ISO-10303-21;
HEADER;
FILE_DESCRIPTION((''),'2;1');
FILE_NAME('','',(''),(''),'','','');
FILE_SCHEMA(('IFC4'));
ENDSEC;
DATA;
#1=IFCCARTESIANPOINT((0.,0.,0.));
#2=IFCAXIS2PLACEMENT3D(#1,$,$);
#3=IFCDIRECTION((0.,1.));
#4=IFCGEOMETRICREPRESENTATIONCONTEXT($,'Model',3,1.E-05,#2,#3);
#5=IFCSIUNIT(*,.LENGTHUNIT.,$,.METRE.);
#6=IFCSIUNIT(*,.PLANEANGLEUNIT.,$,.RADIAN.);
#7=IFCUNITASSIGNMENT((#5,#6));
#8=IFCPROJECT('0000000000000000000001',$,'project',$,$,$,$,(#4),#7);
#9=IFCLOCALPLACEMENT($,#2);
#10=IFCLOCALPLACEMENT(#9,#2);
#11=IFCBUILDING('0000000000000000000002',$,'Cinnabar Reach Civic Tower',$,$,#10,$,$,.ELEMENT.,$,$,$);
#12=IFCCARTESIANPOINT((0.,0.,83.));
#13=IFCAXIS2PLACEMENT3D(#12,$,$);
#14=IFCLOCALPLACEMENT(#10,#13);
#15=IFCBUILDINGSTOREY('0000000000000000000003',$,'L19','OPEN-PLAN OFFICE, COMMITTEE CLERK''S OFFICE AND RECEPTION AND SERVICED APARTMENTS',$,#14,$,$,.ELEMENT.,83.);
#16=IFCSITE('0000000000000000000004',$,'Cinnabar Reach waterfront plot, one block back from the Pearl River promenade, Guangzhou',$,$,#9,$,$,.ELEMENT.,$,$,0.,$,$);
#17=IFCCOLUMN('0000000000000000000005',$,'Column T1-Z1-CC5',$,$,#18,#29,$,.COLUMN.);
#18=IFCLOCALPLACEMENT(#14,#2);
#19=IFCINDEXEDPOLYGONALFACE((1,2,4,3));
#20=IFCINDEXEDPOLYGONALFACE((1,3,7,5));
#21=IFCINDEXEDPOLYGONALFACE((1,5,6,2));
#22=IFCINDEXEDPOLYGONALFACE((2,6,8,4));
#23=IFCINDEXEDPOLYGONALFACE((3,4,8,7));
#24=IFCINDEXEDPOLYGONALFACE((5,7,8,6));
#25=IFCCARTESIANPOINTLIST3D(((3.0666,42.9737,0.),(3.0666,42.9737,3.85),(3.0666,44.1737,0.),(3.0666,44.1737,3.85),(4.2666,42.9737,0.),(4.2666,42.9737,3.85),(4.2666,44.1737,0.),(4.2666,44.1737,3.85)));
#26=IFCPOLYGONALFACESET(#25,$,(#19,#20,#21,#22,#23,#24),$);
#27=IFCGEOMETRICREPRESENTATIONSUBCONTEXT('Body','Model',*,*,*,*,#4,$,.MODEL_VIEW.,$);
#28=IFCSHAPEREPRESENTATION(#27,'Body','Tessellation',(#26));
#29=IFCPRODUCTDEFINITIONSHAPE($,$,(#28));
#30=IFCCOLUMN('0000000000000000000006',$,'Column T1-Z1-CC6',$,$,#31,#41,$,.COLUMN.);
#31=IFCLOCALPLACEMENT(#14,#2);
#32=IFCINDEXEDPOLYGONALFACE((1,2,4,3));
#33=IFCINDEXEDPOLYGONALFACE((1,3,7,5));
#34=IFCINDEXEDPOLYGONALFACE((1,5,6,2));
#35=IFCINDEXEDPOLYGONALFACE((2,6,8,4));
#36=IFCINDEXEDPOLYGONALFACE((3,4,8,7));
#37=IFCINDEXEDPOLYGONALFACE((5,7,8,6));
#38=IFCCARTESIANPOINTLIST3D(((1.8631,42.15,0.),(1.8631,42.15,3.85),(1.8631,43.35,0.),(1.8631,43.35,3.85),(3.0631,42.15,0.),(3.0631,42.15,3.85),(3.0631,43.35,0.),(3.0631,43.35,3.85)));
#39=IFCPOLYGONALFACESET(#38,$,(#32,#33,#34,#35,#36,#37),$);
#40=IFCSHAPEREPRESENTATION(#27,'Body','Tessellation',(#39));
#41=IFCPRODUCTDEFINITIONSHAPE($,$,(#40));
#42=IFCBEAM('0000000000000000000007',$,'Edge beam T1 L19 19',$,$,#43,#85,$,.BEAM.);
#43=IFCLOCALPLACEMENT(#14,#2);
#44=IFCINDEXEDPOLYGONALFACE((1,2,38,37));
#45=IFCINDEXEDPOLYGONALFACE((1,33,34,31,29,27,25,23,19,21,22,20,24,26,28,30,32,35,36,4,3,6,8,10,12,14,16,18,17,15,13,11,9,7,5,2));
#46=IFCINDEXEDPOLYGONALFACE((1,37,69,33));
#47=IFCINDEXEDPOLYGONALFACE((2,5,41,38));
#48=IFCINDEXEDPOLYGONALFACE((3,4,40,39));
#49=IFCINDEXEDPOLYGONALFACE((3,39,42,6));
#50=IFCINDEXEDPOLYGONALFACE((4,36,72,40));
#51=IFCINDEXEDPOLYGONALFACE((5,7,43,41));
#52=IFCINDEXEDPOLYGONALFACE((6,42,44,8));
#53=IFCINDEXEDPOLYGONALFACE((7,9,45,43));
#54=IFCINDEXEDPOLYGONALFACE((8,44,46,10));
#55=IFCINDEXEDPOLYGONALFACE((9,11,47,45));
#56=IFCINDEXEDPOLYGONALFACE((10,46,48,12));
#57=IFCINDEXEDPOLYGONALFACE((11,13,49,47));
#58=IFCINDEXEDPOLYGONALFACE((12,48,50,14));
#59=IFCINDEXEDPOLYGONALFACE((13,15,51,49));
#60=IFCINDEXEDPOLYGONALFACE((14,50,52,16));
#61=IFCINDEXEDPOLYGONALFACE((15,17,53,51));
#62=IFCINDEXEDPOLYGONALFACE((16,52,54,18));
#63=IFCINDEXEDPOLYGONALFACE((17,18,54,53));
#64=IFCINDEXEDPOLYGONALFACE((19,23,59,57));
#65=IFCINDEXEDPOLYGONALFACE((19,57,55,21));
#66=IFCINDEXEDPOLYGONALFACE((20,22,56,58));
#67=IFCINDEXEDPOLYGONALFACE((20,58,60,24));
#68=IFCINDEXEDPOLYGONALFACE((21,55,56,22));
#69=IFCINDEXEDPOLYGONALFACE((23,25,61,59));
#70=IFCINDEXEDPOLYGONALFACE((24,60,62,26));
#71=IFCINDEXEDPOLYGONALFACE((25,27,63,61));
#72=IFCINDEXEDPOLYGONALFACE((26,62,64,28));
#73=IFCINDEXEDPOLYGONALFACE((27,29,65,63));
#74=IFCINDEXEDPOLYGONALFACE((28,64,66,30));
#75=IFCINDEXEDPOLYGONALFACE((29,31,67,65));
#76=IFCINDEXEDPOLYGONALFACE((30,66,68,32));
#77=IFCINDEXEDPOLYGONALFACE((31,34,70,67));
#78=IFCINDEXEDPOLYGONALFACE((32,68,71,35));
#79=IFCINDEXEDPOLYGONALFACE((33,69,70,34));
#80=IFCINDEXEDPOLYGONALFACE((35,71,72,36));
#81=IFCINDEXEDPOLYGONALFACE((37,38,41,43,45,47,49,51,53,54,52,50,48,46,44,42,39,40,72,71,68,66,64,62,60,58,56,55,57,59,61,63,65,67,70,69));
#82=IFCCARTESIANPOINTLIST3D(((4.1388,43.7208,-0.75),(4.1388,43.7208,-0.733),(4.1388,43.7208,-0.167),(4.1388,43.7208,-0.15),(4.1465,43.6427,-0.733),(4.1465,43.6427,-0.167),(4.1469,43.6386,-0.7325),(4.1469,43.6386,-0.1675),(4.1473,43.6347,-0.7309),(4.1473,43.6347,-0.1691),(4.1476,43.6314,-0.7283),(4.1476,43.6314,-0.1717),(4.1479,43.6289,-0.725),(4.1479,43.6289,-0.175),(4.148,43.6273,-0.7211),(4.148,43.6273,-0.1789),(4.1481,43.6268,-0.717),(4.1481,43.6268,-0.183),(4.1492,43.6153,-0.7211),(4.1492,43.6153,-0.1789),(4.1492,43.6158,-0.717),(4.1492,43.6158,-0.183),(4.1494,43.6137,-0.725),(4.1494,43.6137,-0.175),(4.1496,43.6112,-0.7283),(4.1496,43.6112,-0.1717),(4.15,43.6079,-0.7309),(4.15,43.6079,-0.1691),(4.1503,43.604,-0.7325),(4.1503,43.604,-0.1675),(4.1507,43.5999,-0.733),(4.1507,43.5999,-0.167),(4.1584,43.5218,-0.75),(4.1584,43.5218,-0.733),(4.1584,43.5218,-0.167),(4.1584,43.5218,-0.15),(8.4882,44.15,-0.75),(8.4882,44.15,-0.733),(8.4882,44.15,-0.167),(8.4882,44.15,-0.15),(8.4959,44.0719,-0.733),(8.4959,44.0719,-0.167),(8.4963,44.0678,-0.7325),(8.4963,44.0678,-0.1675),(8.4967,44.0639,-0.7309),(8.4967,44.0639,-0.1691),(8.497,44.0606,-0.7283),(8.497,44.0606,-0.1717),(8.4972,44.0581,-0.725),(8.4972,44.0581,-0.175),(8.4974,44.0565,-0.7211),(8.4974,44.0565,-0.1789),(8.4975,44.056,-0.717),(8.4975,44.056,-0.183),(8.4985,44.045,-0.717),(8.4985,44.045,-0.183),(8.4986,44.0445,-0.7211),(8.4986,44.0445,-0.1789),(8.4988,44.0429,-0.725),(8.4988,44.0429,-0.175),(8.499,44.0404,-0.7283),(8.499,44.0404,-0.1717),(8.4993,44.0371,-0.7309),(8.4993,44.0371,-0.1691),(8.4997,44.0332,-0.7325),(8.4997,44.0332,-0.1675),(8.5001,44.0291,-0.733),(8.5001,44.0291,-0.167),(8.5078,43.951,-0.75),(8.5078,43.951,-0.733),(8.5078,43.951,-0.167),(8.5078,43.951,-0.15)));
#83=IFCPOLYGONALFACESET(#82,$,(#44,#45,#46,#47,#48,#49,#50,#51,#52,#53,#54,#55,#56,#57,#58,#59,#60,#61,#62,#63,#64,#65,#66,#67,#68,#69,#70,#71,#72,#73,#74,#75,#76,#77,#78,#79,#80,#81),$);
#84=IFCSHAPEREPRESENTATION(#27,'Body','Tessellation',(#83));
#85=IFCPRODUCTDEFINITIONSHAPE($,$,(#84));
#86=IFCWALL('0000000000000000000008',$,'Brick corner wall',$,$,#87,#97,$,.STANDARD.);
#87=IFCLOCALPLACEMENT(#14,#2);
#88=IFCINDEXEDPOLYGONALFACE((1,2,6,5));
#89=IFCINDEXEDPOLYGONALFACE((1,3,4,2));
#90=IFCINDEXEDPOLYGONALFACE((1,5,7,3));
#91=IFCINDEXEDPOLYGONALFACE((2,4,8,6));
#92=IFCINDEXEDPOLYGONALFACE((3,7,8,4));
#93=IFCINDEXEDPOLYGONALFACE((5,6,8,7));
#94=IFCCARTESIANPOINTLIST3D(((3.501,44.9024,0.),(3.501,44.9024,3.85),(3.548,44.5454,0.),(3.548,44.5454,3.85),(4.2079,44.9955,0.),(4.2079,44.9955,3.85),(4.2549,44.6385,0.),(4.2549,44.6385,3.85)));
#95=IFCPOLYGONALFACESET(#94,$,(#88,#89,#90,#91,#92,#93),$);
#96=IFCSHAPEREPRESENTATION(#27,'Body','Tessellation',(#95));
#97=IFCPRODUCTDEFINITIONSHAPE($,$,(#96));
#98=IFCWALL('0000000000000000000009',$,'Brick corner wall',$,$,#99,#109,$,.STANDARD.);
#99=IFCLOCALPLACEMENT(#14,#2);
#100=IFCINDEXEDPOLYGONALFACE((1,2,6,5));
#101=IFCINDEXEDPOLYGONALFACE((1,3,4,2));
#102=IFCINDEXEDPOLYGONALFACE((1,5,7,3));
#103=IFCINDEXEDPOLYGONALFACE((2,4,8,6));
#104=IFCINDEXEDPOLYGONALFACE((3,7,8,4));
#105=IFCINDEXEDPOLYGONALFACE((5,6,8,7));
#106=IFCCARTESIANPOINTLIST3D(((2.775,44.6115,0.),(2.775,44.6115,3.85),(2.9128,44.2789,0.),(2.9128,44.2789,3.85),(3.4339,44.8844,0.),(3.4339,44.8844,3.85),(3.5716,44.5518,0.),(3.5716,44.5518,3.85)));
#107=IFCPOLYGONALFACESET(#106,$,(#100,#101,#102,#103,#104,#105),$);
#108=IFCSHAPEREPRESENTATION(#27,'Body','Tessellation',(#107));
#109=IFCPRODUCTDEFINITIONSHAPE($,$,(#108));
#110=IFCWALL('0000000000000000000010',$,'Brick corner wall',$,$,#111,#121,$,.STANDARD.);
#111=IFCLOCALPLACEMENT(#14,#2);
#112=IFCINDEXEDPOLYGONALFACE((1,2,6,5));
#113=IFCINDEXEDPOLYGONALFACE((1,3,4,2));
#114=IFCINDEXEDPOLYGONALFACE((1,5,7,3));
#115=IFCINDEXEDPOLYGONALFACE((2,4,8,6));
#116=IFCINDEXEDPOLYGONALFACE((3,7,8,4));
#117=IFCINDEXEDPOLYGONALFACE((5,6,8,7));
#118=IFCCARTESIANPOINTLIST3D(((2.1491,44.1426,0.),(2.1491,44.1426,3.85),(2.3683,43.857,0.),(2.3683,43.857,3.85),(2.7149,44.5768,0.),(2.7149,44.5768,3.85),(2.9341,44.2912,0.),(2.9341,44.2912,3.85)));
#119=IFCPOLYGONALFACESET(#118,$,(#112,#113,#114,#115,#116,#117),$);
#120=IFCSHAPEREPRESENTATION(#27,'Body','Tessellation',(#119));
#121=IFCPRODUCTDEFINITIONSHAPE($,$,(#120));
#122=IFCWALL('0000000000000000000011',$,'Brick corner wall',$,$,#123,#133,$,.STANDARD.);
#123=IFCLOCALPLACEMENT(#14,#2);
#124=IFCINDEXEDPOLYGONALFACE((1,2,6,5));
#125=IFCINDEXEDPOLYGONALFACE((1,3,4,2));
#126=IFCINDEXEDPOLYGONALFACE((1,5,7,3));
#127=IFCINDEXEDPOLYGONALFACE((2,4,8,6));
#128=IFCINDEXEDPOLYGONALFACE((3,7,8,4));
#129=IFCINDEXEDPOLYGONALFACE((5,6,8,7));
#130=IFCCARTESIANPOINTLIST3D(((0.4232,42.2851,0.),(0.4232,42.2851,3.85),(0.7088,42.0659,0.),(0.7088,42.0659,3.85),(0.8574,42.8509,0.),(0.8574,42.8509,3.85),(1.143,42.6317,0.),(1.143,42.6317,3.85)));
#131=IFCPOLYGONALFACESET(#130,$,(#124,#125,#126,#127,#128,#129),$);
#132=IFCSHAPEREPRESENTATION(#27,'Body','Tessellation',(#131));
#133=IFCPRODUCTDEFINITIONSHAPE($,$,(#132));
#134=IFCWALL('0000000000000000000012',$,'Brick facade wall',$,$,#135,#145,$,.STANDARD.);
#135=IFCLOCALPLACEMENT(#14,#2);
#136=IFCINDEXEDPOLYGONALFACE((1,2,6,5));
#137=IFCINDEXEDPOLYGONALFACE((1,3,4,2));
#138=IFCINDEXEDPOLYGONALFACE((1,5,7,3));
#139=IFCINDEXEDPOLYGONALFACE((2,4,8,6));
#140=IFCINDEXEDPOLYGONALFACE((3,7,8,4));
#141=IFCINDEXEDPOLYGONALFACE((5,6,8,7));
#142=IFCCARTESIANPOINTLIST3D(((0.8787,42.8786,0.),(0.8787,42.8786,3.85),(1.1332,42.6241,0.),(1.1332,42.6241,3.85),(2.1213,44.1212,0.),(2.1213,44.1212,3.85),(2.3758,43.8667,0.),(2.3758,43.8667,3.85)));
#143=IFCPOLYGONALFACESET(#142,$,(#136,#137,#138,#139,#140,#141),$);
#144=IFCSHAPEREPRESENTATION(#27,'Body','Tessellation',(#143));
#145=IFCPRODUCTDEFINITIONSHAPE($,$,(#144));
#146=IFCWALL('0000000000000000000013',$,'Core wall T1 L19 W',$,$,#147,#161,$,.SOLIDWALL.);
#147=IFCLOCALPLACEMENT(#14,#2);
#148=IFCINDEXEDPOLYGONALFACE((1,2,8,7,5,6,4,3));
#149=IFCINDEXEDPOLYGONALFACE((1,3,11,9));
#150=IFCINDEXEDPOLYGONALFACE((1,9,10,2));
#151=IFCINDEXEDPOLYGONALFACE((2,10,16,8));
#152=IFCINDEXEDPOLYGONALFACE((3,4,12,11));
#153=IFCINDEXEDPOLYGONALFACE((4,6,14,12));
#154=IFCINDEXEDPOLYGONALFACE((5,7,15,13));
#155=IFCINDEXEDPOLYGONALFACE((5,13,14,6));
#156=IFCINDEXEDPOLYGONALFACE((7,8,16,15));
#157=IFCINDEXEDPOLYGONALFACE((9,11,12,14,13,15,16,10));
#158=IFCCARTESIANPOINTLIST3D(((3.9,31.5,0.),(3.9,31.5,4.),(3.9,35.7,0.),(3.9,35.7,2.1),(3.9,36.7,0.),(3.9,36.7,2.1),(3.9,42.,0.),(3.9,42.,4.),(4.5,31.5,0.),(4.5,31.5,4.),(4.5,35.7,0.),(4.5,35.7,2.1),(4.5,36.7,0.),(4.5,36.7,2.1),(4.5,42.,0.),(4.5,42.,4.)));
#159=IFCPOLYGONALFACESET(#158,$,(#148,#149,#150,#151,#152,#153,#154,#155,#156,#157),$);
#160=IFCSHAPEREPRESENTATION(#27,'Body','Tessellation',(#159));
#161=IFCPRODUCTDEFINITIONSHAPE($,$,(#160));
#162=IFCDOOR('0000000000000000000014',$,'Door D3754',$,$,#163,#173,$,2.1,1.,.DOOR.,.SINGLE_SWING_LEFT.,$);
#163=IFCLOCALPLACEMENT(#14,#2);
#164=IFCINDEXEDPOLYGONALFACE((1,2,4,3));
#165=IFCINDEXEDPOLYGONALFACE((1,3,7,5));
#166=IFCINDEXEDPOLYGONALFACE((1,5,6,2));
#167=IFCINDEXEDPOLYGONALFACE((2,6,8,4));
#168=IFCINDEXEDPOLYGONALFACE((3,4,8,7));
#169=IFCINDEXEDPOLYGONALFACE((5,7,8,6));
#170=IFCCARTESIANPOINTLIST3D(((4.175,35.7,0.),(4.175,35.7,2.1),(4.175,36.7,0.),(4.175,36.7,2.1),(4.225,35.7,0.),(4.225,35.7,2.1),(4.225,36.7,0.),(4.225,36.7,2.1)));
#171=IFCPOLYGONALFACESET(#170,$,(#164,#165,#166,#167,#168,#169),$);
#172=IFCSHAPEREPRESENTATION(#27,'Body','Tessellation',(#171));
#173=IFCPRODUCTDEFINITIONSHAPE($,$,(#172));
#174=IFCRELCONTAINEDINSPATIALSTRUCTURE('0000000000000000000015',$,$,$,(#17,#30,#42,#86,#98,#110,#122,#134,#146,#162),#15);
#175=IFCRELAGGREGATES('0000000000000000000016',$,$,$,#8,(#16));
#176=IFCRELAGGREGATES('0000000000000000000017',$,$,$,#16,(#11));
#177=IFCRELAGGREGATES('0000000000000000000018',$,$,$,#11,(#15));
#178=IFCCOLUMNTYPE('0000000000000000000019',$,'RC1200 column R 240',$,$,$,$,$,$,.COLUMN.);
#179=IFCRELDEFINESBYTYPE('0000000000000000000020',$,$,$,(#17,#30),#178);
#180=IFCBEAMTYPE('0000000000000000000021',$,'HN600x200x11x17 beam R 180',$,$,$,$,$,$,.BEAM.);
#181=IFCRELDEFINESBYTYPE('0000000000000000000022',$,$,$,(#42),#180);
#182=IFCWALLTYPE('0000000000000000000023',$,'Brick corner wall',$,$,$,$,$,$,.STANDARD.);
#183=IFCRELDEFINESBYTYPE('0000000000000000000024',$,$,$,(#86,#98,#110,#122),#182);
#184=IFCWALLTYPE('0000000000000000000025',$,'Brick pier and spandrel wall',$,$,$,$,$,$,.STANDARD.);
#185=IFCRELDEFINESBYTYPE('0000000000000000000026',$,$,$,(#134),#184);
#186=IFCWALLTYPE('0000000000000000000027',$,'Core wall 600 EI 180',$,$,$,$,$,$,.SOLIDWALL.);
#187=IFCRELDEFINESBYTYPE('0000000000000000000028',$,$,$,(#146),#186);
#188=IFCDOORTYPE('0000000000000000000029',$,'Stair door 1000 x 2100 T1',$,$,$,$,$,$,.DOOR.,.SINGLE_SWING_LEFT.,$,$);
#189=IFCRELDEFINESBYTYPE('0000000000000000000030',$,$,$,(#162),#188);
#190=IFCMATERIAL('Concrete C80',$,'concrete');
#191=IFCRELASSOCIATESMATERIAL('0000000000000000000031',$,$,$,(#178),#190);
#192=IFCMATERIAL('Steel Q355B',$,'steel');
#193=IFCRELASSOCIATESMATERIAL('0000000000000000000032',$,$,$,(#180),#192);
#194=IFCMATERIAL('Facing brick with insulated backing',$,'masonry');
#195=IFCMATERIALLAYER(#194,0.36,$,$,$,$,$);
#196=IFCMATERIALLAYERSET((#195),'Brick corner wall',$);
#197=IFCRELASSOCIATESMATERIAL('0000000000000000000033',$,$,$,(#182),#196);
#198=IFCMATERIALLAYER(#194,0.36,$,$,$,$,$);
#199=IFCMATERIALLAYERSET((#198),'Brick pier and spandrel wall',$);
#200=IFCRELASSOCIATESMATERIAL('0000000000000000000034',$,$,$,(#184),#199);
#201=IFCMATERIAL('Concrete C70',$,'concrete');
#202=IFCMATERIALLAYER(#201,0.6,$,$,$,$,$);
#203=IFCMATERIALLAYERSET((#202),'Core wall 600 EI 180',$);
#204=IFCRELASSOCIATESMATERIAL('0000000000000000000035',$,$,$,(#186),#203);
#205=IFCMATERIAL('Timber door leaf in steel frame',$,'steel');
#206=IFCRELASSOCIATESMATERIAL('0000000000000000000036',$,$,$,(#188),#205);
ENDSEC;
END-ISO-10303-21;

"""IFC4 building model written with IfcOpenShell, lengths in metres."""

from ifc_helpers import new_model, si_unit, direction, frame, frame_2d, origin, origin_2d, place, context, subcontext, project, spatial, rectangle, i_section, extrude, material, layer, layer_set, material_profile, profile_set, type_object, element, fill, save


model = new_model("IFC4")

# Units and contexts
model_context = context("Model", 3, precision=1e-05, world=origin(), true_north=direction((0.0, 1.0)))
body_context = subcontext(model_context, "Body", "Model", "MODEL_VIEW")
ifc_project = project(units=[si_unit("LENGTHUNIT", "METRE"), si_unit("PLANEANGLEUNIT", "RADIAN")], contexts=[model_context])

# Site, building, storey
site_placement = place(None, origin())
site = spatial("IfcSite", under=ifc_project, at=site_placement, Name="Cinnabar Reach waterfront plot, one block back from the Pearl River promenade, Guangzhou", CompositionType="ELEMENT", RefElevation=0.0)
building_placement = place(site_placement, origin())
building = spatial("IfcBuilding", under=site, at=building_placement, Name="Cinnabar Reach Civic Tower", CompositionType="ELEMENT")
storey_placement = place(building_placement, frame((0.0, 0.0, 83.0)))
storey = spatial("IfcBuildingStorey", under=building, at=storey_placement, Name="L19", Description="OPEN-PLAN OFFICE, COMMITTEE CLERK'S OFFICE AND RECEPTION AND SERVICED APARTMENTS", CompositionType="ELEMENT", Elevation=83.0)

# Columns
ifc_material_1 = material(Name="Concrete C80", Category="concrete")
ifc_material_profile_1 = material_profile(ifc_material_1, rectangle(XDim=1.2, YDim=1.2, at=origin_2d()), Name="RC1200")
ifc_profile_set_1 = profile_set([ifc_material_profile_1], Name="Concrete C80")
column_type = type_object("IfcColumnType", Name="RC1200 column R 240", PredefinedType="COLUMN", material=ifc_profile_set_1)
for number, where, z_axis, x_axis, name in (
    (1, (3.6666, 43.5737, 0.0), (0.0, 0.0, 1.0), (1.0, 0.0, 0.0), "Column T1-Z1-CC5"),
    (2, (2.4631, 42.75, 0.0), (0.0, 0.0, 1.0), (1.0, 0.0, 0.0), "Column T1-Z1-CC6"),
):
    element("IfcColumn", number, at=place(storey_placement, frame(where, z_axis=z_axis, x_axis=x_axis)), inside=storey, type_object=column_type, Name=name, PredefinedType="COLUMN", context=body_context, shape_type="SweptSolid", body=[
        extrude(rectangle(XDim=1.2, YDim=1.2, at=origin_2d()), origin(), (0.0, 0.0, 1.0), 3.85),
    ])

# Beam
ifc_material_2 = material(Name="Steel Q355B", Category="steel")
ifc_material_profile_2 = material_profile(ifc_material_2, i_section(OverallWidth=0.2, OverallDepth=0.6, WebThickness=0.011, FlangeThickness=0.017, FilletRadius=0.016, at=origin_2d()), Name="HN600x200x11x17")
ifc_profile_set_2 = profile_set([ifc_material_profile_2], Name="Steel Q355B")
beam_type = type_object("IfcBeamType", Name="HN600x200x11x17 beam R 180", PredefinedType="BEAM", material=ifc_profile_set_2)
beam_placement = place(storey_placement, frame((8.498, 44.0505, -0.45), z_axis=(-0.995166, -0.098203, 0.0), x_axis=(0.098203, -0.995166, 0.0)))
element("IfcBeam", 3, at=beam_placement, inside=storey, type_object=beam_type, Name="Edge beam T1 L19 19", PredefinedType="BEAM", context=body_context, shape_type="SweptSolid", body=[
    extrude(i_section(OverallWidth=0.2, OverallDepth=0.6, WebThickness=0.011, FlangeThickness=0.017, FilletRadius=0.016, at=origin_2d()), origin(), (0.0, 0.0, 1.0), 4.3705),
])

# Walls
ifc_material_3 = material(Name="Facing brick with insulated backing", Category="masonry")
ifc_layer_1 = layer(ifc_material_3, 0.36)
ifc_layer_set_1 = layer_set([ifc_layer_1], Name="Brick corner wall")
wall_type_1 = type_object("IfcWallType", Name="Brick corner wall", PredefinedType="STANDARD", material=ifc_layer_set_1)
for number, where, z_axis, x_axis, name in (
    (4, (4.2314, 44.817, 0.0), (0.0, 0.0, 1.0), (-0.991441, -0.130556, 0.0), "Brick corner wall"),
    (5, (3.5027, 44.7181, 0.0), (0.0, 0.0, 1.0), (-0.923872, -0.382703, 0.0), "Brick corner wall"),
):
    element("IfcWall", number, at=place(storey_placement, frame(where, z_axis=z_axis, x_axis=x_axis)), inside=storey, type_object=wall_type_1, Name=name, PredefinedType="STANDARD", context=body_context, shape_type="SweptSolid", body=[
        extrude(rectangle(XDim=0.7131, YDim=0.36, at=frame_2d((0.3565, 0.0))), origin(), (0.0, 0.0, 1.0), 3.85),
    ])
for number, where, z_axis, x_axis, name in (
    (6, (2.8245, 44.434, 0.0), (0.0, 0.0, 1.0), (-0.793322, -0.608802, 0.0), "Brick corner wall"),
    (7, (1.0002, 42.7413, 0.0), (0.0, 0.0, 1.0), (-0.608802, -0.793322, 0.0), "Brick corner wall"),
):
    element("IfcWall", number, at=place(storey_placement, frame(where, z_axis=z_axis, x_axis=x_axis)), inside=storey, type_object=wall_type_1, Name=name, PredefinedType="STANDARD", context=body_context, shape_type="SweptSolid", body=[
        extrude(rectangle(XDim=0.7132, YDim=0.36, at=frame_2d((0.3566, 0.0))), origin(), (0.0, 0.0, 1.0), 3.85),
    ])
ifc_layer_2 = layer(ifc_material_3, 0.36)
ifc_layer_set_2 = layer_set([ifc_layer_2], Name="Brick pier and spandrel wall")
wall_type_2 = type_object("IfcWallType", Name="Brick pier and spandrel wall", PredefinedType="STANDARD", material=ifc_layer_set_2)
wall_1_placement = place(storey_placement, frame((2.2486, 43.994, 0.0), z_axis=(0.0, 0.0, 1.0), x_axis=(-0.707107, -0.707107, 0.0)))
element("IfcWall", 8, at=wall_1_placement, inside=storey, type_object=wall_type_2, Name="Brick facade wall", PredefinedType="STANDARD", context=body_context, shape_type="SweptSolid", body=[
    extrude(rectangle(XDim=1.7573, YDim=0.36, at=frame_2d((0.8787, 0.0))), origin(), (0.0, 0.0, 1.0), 3.85),
])

# Wall, opening, door
ifc_material_4 = material(Name="Concrete C70", Category="concrete")
ifc_layer_3 = layer(ifc_material_4, 0.6)
ifc_layer_set_3 = layer_set([ifc_layer_3], Name="Core wall 600 EI 180")
wall_type_3 = type_object("IfcWallType", Name="Core wall 600 EI 180", PredefinedType="SOLIDWALL", material=ifc_layer_set_3)
wall_2_placement = place(storey_placement, frame((4.2, 42.0, 0.0), z_axis=(0.0, 0.0, 1.0), x_axis=(0.0, -1.0, 0.0)))
wall_2 = element("IfcWall", 9, at=wall_2_placement, inside=storey, type_object=wall_type_3, Name="Core wall T1 L19 W", PredefinedType="SOLIDWALL", context=body_context, shape_type="SweptSolid", body=[
    extrude(rectangle(XDim=10.5, YDim=0.6, at=frame_2d((5.25, 0.0))), origin(), (0.0, 0.0, 1.0), 4.0),
])
opening_1_placement = place(wall_2_placement, frame((5.3, 0.0, 0.0)))
opening_1 = element("IfcOpeningElement", 10, at=opening_1_placement, cuts=wall_2, PredefinedType="OPENING", context=body_context, shape_type="SweptSolid", body=[
    extrude(rectangle(XDim=1.0, YDim=2.1, at=frame_2d((0.5, 1.05))), frame((0.0, 0.31, 0.0), z_axis=(0.0, -1.0, 0.0), x_axis=(1.0, 0.0, 0.0)), (0.0, 0.0, 1.0), 0.62),
])
ifc_material_5 = material(Name="Timber door leaf in steel frame", Category="steel")
door_type_1 = type_object("IfcDoorType", Name="Stair door 1000 x 2100 T1", OperationType="SINGLE_SWING_LEFT", PredefinedType="DOOR", material=ifc_material_5)
door_1_placement = place(opening_1_placement, frame((1.0, 0.0, 0.0), z_axis=(0.0, 0.0, 1.0), x_axis=(-1.0, 0.0, 0.0)))
door_1 = element("IfcDoor", 11, at=door_1_placement, inside=storey, type_object=door_type_1, Name="Door D3754", OperationType="SINGLE_SWING_LEFT", OverallHeight=2.1, OverallWidth=1.0, PredefinedType="DOOR", context=body_context, shape_type="SweptSolid", body=[
    extrude(rectangle(XDim=1.0, YDim=2.1, at=frame_2d((0.5, 1.05))), frame((0.0, 0.025, 0.0), z_axis=(0.0, -1.0, 0.0), x_axis=(1.0, 0.0, 0.0)), (0.0, 0.0, 1.0), 0.05),
])
fill(opening_1, door_1)

save(model, "model.ifc")
